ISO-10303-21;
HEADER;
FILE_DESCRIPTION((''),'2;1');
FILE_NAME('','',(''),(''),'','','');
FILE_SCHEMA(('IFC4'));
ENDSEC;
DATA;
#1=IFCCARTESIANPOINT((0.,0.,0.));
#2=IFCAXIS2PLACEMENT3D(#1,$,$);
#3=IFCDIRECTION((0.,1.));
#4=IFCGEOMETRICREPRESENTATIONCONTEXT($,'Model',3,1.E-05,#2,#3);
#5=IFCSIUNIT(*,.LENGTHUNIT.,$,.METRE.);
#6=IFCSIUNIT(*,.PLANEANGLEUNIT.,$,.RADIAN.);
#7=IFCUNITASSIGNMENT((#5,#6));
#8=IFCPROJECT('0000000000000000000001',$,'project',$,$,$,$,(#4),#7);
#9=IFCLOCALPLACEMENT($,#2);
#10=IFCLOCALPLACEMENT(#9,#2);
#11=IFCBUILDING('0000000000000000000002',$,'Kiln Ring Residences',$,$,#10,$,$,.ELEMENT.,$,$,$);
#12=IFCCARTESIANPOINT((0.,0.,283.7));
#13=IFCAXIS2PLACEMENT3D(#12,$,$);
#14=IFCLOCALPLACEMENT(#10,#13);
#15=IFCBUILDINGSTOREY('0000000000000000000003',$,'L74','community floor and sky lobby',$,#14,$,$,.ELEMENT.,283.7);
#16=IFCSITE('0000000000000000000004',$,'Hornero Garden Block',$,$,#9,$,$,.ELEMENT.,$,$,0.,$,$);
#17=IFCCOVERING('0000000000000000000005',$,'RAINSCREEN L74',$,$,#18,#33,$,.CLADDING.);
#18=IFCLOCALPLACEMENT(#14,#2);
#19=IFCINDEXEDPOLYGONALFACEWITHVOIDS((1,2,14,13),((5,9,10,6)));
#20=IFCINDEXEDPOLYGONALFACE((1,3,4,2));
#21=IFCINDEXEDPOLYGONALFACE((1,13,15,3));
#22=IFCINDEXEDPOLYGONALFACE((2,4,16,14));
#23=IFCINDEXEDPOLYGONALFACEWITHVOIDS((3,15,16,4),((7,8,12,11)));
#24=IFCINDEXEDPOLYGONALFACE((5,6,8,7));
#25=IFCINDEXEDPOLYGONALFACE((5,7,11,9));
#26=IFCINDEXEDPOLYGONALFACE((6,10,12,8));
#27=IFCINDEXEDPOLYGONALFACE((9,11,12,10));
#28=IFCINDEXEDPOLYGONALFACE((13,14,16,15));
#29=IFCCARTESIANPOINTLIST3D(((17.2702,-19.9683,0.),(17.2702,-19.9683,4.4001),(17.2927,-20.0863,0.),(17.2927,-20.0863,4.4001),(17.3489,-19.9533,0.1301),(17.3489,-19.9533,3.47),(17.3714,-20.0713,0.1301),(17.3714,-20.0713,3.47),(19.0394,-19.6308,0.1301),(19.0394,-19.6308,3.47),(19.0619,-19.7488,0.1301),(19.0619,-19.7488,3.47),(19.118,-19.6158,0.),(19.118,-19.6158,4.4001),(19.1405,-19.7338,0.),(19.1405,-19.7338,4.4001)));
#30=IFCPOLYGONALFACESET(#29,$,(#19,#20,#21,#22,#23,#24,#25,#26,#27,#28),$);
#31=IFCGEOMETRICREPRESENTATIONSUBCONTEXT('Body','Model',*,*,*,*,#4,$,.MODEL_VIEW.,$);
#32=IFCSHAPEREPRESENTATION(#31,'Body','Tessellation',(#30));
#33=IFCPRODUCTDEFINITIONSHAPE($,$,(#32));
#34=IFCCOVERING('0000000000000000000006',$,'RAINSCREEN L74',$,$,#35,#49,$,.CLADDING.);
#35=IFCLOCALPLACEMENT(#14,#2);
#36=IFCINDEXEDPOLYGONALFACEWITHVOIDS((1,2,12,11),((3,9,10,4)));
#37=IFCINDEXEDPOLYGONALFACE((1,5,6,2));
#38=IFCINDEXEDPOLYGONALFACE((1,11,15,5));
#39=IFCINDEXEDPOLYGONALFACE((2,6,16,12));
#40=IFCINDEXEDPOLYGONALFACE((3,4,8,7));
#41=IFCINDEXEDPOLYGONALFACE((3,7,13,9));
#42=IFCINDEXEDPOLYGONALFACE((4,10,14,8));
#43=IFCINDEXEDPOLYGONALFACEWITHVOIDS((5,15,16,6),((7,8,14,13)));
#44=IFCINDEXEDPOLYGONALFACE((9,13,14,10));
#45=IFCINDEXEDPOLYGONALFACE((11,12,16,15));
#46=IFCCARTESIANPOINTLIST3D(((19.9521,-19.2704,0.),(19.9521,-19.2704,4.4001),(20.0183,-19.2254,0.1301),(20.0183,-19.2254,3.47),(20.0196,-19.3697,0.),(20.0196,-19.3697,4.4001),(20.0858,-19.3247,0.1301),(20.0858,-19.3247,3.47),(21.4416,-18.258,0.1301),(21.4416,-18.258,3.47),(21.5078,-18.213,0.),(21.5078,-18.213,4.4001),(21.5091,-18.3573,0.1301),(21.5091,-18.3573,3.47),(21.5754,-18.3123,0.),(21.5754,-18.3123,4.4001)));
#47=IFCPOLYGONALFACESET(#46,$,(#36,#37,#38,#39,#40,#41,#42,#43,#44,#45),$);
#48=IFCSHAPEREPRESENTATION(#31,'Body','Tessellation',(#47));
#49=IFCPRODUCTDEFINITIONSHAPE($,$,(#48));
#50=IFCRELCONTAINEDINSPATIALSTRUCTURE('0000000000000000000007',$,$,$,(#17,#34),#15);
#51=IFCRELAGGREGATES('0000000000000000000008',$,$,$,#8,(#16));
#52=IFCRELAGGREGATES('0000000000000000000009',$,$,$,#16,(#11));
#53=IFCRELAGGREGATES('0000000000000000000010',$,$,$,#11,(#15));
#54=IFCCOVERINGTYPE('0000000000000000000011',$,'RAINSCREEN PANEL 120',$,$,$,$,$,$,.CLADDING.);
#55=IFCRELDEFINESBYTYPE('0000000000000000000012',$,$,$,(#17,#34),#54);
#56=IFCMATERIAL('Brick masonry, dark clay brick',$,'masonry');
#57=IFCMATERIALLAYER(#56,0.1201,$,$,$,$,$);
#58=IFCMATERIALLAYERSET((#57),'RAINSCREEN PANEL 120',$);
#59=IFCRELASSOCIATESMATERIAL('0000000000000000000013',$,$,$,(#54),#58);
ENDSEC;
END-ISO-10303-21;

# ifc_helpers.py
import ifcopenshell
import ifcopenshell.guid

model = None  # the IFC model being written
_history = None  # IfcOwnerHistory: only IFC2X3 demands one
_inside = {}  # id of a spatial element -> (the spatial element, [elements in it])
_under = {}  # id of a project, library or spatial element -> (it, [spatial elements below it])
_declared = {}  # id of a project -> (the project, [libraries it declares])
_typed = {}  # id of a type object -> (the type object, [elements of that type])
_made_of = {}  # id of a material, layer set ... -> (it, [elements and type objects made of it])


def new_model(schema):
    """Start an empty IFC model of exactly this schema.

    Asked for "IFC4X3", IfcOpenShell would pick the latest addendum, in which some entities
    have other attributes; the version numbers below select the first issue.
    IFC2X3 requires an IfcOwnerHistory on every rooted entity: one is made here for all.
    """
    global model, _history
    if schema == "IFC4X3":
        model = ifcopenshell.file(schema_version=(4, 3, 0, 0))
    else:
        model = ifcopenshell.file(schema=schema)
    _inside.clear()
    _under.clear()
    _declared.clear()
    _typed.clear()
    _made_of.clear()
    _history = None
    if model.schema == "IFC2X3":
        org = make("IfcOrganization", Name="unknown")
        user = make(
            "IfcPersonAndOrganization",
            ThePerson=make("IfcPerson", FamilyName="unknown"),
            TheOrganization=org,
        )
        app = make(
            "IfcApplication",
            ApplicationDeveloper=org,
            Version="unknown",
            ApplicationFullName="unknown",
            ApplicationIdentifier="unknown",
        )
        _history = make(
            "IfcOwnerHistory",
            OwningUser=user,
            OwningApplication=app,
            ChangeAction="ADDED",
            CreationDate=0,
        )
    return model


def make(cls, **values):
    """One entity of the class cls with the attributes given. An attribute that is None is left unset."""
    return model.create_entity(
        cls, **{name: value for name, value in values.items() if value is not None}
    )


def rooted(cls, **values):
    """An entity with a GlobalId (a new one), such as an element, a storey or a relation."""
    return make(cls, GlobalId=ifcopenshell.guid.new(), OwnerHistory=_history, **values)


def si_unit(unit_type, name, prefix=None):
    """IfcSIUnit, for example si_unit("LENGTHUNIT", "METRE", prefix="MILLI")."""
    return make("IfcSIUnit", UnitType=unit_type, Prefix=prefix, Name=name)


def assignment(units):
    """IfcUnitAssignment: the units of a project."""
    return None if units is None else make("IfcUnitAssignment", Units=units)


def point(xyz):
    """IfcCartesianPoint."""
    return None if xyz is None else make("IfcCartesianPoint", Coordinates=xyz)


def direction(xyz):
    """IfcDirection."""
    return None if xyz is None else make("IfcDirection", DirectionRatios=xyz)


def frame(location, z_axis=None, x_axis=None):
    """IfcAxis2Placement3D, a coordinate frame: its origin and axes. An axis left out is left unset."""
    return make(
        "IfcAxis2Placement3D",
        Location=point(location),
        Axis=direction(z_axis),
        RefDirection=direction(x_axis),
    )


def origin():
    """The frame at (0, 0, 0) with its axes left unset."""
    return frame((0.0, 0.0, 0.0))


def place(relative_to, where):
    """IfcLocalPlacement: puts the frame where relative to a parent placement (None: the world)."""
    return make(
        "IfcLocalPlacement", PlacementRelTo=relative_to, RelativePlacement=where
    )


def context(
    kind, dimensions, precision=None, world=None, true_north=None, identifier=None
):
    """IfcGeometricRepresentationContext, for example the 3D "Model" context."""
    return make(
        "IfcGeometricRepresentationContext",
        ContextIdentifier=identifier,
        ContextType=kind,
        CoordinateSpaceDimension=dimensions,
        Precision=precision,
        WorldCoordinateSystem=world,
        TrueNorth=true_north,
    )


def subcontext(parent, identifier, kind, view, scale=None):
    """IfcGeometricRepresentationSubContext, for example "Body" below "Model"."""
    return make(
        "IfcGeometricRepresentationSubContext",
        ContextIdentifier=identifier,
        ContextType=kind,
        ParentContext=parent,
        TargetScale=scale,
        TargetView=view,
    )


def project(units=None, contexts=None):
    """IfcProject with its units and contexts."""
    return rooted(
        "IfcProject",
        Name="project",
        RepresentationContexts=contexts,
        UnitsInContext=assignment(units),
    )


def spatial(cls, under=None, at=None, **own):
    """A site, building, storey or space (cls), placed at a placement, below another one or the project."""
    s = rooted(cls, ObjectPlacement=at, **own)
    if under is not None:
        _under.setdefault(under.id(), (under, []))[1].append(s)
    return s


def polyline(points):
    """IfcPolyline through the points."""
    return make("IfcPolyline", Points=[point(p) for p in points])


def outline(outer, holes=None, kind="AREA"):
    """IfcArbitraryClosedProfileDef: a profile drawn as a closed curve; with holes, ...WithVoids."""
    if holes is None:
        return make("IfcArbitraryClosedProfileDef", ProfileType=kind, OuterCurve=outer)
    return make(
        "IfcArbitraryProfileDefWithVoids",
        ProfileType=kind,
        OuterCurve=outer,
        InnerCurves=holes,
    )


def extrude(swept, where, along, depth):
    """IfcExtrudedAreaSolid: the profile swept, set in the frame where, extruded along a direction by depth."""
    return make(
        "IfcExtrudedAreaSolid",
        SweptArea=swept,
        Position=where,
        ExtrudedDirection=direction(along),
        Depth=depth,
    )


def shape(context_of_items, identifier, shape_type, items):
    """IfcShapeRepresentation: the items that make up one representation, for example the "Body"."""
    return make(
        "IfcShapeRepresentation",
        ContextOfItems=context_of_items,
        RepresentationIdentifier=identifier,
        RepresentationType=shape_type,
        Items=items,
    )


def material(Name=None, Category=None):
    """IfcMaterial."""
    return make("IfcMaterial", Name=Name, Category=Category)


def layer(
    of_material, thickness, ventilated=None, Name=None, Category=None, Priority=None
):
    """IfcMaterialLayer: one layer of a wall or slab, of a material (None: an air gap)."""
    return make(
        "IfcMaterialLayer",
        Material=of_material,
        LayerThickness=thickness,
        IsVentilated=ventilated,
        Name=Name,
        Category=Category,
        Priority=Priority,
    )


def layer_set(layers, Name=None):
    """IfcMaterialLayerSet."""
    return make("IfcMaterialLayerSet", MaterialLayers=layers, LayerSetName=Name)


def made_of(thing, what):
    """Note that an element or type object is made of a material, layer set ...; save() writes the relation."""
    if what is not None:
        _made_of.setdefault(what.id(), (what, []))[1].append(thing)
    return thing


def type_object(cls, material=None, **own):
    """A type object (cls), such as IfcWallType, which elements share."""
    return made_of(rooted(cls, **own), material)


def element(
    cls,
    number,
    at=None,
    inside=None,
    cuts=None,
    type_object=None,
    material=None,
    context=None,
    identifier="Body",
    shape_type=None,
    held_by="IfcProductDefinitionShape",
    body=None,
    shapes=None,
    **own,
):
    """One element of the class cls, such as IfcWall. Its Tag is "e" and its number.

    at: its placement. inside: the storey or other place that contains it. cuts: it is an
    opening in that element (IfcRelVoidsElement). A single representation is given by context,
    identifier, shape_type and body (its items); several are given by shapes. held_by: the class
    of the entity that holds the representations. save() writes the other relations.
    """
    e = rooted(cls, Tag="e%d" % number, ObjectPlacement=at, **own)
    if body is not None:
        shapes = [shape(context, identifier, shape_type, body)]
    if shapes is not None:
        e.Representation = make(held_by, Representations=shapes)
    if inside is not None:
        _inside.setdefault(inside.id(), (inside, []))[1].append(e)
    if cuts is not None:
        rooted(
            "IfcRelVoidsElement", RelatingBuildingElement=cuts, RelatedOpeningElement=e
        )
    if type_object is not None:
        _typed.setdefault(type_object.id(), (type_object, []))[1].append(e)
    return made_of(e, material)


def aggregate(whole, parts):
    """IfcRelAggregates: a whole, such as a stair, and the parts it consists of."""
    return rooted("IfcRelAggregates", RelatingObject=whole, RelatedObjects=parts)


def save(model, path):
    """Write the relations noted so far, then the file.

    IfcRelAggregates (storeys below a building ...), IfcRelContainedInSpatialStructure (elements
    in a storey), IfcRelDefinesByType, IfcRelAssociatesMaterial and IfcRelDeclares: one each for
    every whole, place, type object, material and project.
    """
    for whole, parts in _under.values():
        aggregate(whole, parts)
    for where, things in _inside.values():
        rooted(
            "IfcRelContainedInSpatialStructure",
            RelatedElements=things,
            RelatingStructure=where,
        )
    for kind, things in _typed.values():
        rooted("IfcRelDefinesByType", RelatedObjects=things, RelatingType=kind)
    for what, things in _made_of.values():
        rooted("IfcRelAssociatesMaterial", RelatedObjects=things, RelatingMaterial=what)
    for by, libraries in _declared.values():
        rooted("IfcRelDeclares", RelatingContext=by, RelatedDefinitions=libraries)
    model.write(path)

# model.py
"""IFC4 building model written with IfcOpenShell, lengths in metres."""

from ifc_helpers import new_model, si_unit, direction, frame, origin, place, context, subcontext, project, spatial, polyline, outline, extrude, material, layer, layer_set, type_object, element, save


model = new_model("IFC4")

# Units and contexts
model_context = context("Model", 3, precision=1e-05, world=origin(), true_north=direction((0.0, 1.0)))
body_context = subcontext(model_context, "Body", "Model", "MODEL_VIEW")
ifc_project = project(units=[si_unit("LENGTHUNIT", "METRE"), si_unit("PLANEANGLEUNIT", "RADIAN")], contexts=[model_context])

# Site, building, storey
site_placement = place(None, origin())
site = spatial("IfcSite", under=ifc_project, at=site_placement, Name="Hornero Garden Block", CompositionType="ELEMENT", RefElevation=0.0)
building_placement = place(site_placement, origin())
building = spatial("IfcBuilding", under=site, at=building_placement, Name="Kiln Ring Residences", CompositionType="ELEMENT")
storey_placement = place(building_placement, frame((0.0, 0.0, 283.7)))
storey = spatial("IfcBuildingStorey", under=building, at=storey_placement, Name="L74", Description="community floor and sky lobby", CompositionType="ELEMENT", Elevation=283.7)

# Coverings
ifc_material_1 = material(Name="Brick masonry, dark clay brick", Category="masonry")
ifc_layer_1 = layer(ifc_material_1, 0.1201)
ifc_layer_set_1 = layer_set([ifc_layer_1], Name="RAINSCREEN PANEL 120")
covering_type = type_object("IfcCoveringType", Name="RAINSCREEN PANEL 120", PredefinedType="CLADDING", material=ifc_layer_set_1)
for number, where, z_axis, x_axis, name in (
    (1, (17.2815, -20.0273, 0.0), (0.0, 0.0, 1.0), (0.982284, 0.187398, 0.0), "RAINSCREEN L74"),
    (2, (19.9858, -19.3201, 0.0), (0.0, 0.0, 1.0), (0.827045, 0.562136, 0.0), "RAINSCREEN L74"),
):
    element("IfcCovering", number, at=place(storey_placement, frame(where, z_axis=z_axis, x_axis=x_axis)), inside=storey, type_object=covering_type, Name=name, PredefinedType="CLADDING", context=body_context, shape_type="SweptSolid", body=[
        extrude(outline(polyline([(0.0, 0.0), (1.8811, 0.0), (1.8811, 4.4001), (0.0, 4.4001), (0.0, 0.0)]), holes=[polyline([(0.0801, 3.47), (0.0801, 0.1301), (1.801, 0.1301), (1.801, 3.47), (0.0801, 3.47)])]), frame((0.0, 0.0601, 0.0), z_axis=(0.0, -1.0, 0.0), x_axis=(1.0, 0.0, 0.0)), (0.0, 0.0, 1.0), 0.1201),
    ])

save(model, "model.ifc")
